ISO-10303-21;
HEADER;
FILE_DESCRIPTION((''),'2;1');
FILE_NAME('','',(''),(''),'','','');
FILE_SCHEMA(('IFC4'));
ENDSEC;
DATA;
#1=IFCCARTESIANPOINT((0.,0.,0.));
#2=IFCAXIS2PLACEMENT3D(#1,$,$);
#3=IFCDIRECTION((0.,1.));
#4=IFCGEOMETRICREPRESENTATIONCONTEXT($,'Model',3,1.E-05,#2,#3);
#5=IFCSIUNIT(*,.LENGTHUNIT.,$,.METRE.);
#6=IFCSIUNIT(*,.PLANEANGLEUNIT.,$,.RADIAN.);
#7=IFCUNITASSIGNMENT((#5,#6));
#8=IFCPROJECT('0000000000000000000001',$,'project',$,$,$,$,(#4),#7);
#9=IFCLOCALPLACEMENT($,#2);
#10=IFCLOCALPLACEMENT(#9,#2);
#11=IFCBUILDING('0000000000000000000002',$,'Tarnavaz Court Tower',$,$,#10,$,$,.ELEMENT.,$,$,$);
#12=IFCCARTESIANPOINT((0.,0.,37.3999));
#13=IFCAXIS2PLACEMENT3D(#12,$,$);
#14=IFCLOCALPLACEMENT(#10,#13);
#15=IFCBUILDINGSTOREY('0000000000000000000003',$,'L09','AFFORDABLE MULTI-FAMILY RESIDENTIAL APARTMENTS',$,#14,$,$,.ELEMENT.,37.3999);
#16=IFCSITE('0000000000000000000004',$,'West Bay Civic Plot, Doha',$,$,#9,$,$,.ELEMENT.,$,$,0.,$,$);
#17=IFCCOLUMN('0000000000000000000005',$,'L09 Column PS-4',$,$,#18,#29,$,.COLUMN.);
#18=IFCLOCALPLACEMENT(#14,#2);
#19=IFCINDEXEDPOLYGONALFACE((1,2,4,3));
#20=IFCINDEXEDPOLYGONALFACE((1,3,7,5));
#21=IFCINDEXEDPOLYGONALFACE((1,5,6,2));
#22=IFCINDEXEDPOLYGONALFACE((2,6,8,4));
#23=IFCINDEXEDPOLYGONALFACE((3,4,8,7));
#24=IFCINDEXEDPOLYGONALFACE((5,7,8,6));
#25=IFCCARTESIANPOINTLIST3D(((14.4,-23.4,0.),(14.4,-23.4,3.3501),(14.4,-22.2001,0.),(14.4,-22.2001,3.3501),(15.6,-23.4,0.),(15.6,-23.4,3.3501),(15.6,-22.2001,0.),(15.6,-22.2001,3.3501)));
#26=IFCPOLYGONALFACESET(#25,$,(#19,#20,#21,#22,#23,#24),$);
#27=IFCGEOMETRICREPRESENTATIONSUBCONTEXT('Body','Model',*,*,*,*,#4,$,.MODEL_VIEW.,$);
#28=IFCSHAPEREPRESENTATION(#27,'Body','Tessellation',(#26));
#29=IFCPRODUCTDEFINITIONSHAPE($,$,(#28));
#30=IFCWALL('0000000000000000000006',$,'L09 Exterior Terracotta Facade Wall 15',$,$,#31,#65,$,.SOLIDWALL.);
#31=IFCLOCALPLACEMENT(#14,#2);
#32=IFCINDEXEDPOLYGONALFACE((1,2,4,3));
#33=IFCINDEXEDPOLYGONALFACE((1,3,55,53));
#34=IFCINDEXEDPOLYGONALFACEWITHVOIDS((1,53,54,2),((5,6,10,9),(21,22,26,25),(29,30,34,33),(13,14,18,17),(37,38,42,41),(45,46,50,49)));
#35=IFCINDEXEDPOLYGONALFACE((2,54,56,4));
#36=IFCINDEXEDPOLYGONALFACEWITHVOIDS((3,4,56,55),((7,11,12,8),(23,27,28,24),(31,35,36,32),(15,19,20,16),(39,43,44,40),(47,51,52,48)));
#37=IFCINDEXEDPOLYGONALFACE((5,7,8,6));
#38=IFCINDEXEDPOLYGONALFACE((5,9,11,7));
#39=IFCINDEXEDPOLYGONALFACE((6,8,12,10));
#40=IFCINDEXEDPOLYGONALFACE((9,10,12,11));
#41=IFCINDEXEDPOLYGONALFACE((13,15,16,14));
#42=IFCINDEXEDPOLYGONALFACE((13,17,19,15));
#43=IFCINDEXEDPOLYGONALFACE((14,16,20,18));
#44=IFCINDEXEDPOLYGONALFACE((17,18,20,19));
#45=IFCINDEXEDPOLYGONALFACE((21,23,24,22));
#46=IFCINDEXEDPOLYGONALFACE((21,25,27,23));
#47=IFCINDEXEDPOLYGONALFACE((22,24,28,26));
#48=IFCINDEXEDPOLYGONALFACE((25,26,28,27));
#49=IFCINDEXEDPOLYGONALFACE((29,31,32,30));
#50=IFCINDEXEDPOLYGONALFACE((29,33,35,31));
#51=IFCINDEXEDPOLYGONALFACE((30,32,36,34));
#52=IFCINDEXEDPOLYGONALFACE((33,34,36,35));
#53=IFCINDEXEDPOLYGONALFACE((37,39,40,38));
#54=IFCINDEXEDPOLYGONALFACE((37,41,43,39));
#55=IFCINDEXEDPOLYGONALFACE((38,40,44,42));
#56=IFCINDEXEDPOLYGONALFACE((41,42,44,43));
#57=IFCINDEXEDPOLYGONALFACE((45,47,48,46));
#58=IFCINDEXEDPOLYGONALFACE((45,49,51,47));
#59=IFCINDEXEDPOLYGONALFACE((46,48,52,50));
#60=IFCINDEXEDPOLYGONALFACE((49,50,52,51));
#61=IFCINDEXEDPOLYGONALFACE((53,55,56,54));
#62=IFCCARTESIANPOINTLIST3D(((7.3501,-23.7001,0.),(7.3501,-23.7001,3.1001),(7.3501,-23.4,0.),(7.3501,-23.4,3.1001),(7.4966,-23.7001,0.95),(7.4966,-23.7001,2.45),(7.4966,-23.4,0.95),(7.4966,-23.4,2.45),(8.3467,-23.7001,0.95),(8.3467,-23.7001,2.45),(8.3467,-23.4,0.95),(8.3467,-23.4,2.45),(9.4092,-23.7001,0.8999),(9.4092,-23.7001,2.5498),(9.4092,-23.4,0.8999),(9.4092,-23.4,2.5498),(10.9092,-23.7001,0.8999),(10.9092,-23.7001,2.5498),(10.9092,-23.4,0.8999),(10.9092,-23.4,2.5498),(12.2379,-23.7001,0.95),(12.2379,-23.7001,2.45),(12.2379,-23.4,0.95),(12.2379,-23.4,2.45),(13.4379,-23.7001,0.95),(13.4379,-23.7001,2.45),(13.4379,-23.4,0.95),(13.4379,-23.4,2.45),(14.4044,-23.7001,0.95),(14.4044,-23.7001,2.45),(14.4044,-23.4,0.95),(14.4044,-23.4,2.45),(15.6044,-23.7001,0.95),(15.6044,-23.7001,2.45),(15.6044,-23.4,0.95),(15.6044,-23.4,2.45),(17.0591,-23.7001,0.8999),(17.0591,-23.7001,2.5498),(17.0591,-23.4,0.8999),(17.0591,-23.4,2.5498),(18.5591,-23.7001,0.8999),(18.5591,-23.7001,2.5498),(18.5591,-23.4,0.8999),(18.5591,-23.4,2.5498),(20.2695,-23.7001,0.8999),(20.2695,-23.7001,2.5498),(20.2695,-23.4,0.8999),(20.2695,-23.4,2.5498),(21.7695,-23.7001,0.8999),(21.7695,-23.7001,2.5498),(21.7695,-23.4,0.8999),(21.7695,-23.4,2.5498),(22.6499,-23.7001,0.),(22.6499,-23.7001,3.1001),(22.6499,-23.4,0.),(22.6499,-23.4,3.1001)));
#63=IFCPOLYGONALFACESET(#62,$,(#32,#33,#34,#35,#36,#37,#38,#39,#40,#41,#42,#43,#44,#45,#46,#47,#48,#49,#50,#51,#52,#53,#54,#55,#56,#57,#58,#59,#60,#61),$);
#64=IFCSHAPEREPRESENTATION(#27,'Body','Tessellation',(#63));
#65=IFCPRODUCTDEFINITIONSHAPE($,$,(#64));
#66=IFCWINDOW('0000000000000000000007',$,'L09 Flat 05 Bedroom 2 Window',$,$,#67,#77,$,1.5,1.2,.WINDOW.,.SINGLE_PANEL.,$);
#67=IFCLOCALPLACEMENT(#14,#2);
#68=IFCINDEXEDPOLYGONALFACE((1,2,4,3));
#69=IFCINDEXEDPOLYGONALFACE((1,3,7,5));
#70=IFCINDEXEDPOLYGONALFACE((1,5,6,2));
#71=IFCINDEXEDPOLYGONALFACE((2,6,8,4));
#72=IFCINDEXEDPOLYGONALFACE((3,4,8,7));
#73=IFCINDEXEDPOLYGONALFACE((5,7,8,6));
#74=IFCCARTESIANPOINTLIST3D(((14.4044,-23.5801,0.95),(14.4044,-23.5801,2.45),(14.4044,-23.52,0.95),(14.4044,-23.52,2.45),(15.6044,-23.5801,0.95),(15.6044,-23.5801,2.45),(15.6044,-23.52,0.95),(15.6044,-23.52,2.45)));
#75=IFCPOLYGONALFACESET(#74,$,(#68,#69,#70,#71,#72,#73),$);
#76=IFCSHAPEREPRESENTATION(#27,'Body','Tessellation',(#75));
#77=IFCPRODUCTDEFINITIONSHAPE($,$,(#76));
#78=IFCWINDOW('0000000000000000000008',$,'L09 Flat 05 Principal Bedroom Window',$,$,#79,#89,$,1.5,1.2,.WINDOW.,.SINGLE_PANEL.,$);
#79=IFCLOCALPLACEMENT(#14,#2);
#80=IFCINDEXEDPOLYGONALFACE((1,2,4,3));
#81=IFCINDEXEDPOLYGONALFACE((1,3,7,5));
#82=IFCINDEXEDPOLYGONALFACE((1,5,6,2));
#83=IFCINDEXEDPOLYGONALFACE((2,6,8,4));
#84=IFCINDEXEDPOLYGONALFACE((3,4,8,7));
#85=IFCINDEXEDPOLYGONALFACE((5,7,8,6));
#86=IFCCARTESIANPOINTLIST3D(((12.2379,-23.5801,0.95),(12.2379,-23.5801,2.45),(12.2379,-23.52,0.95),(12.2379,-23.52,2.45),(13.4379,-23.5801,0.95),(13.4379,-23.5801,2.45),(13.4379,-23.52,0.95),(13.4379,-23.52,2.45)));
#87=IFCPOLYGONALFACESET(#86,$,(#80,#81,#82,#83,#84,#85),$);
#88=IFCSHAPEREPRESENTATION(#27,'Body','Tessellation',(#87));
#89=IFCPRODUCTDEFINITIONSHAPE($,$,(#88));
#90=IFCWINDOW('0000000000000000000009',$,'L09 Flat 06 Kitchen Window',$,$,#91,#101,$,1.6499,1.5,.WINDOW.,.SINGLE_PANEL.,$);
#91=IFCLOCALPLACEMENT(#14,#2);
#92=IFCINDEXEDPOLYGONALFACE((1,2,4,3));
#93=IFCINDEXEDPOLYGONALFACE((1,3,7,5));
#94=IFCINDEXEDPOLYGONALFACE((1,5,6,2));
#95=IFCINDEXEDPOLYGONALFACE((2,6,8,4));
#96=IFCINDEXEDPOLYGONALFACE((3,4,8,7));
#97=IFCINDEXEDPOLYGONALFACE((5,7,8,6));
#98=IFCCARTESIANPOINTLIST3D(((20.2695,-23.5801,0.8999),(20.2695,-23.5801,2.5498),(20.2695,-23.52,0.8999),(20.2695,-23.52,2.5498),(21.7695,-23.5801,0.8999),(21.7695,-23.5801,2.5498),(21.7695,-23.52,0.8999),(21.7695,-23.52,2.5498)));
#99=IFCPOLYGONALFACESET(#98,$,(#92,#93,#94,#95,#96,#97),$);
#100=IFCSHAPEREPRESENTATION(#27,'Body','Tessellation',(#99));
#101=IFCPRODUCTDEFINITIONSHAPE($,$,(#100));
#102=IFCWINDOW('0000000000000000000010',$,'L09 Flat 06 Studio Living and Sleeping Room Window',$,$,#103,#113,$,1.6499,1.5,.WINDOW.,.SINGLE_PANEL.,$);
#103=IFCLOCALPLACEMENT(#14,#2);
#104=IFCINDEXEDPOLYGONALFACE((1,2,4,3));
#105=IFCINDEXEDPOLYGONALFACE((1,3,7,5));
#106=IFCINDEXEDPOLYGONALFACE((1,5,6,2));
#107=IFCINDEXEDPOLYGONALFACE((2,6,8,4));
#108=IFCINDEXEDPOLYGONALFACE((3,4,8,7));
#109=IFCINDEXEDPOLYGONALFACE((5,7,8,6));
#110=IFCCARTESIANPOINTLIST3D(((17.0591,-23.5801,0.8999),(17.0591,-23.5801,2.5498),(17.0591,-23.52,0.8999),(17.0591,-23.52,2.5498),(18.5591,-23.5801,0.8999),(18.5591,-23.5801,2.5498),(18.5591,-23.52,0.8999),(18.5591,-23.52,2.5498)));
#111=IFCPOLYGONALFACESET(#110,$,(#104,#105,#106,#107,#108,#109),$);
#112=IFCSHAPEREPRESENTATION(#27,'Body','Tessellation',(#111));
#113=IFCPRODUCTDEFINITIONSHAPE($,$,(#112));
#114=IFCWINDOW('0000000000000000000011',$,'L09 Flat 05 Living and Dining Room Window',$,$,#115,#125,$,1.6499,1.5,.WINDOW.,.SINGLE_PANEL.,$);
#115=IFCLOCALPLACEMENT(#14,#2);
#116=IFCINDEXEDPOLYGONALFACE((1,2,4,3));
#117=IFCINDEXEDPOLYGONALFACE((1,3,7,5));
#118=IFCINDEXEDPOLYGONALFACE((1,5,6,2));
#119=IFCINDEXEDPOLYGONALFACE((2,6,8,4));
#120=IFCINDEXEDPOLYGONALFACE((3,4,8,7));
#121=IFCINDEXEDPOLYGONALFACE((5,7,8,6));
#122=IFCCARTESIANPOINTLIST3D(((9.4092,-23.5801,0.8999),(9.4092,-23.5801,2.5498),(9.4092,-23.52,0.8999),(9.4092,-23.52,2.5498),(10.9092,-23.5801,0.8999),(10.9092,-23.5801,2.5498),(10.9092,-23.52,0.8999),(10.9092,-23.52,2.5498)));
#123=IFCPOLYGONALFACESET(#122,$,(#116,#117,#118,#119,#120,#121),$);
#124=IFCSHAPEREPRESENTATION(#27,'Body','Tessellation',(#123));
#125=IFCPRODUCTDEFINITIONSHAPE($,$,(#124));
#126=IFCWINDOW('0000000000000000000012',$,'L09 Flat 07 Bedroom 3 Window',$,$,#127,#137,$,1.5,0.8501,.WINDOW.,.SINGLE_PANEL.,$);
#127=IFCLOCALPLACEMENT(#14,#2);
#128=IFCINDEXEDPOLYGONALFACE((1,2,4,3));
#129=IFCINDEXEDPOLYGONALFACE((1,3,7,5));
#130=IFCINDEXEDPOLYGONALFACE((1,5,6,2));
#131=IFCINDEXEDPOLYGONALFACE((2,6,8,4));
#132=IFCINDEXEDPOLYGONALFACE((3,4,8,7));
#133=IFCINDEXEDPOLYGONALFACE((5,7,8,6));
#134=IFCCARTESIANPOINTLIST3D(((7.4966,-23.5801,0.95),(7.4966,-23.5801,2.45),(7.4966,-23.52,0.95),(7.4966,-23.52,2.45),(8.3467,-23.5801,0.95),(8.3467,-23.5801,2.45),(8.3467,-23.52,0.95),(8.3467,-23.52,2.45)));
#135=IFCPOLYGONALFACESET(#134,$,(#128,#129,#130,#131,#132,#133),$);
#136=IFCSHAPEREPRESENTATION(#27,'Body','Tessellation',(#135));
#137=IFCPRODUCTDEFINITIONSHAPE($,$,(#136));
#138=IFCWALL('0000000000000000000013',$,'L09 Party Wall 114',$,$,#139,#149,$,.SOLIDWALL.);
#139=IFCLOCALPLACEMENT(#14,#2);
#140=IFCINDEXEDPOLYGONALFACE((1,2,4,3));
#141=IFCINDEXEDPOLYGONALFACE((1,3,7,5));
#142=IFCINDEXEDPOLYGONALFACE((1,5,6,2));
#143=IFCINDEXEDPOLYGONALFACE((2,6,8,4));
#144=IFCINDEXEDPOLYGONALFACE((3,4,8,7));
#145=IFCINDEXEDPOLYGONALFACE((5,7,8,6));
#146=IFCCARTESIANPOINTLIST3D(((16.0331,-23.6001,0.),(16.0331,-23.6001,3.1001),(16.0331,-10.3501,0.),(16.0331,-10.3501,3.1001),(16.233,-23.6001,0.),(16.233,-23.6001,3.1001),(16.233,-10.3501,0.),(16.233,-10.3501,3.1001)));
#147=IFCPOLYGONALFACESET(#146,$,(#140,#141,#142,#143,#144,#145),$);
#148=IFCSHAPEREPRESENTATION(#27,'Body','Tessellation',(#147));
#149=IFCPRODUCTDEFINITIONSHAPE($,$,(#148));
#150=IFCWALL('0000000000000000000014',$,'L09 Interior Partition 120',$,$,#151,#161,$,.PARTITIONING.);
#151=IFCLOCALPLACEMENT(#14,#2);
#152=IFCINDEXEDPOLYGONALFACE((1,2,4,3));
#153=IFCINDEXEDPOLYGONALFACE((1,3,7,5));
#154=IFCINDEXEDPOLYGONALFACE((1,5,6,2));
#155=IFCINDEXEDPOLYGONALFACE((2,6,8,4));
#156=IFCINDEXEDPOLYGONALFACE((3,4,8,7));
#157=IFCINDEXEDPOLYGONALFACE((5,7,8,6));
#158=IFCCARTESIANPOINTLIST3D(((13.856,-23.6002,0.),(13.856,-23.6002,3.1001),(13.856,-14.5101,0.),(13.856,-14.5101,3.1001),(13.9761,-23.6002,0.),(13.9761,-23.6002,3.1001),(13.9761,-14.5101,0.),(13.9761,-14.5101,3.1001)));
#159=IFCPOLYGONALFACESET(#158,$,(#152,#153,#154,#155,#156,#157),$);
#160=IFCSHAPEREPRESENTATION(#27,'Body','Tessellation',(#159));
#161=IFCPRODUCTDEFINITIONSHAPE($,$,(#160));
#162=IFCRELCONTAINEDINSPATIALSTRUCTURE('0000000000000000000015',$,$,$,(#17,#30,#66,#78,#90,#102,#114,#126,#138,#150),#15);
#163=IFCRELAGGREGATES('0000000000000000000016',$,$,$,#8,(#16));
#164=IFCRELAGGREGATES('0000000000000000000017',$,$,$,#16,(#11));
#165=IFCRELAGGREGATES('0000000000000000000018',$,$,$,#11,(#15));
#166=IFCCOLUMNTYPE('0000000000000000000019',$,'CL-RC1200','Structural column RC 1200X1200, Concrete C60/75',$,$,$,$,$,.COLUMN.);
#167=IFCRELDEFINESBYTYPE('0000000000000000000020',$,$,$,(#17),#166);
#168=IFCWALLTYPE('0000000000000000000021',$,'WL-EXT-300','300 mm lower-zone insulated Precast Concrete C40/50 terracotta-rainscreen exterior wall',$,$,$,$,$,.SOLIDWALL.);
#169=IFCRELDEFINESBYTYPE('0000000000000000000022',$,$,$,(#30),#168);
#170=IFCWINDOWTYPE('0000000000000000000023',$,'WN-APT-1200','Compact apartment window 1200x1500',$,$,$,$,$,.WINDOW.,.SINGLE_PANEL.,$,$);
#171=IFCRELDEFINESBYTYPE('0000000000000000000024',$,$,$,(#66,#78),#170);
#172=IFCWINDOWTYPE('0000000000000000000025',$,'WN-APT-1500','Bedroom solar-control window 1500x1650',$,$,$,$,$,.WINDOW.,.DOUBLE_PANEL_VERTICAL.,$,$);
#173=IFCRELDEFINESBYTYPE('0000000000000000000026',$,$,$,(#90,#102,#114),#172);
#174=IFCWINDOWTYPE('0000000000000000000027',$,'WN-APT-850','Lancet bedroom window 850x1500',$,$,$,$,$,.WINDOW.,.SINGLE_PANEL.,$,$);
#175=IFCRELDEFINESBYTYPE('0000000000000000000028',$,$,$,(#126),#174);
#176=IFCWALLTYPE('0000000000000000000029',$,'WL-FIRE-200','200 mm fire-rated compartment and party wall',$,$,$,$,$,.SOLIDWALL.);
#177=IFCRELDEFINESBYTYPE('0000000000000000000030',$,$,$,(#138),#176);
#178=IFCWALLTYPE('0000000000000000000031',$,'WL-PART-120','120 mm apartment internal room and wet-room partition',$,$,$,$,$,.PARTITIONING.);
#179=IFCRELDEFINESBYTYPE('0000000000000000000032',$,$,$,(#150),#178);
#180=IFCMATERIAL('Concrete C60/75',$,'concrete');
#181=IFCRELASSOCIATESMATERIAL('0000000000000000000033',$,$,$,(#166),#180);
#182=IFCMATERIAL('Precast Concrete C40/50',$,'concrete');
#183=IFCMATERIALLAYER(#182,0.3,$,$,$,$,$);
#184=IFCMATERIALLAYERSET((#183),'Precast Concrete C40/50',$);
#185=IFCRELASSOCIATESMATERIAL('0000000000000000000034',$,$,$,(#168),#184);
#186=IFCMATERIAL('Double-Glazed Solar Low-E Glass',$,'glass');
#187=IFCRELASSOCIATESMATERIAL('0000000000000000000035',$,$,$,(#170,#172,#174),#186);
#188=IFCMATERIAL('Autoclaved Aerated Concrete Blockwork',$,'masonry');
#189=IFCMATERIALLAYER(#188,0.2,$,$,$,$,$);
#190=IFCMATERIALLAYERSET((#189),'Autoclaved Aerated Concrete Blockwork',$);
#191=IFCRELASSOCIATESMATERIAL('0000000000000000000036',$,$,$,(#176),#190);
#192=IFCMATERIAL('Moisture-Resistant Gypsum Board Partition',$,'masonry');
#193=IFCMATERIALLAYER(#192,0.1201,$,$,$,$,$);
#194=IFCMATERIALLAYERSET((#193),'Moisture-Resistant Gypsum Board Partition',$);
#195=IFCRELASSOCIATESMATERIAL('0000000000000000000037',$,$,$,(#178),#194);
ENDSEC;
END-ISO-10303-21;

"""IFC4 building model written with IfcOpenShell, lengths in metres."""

from ifc_helpers import new_model, si_unit, direction, frame, frame_2d, origin, origin_2d, place, context, subcontext, project, spatial, rectangle, extrude, material, layer, layer_set, material_profile, profile_set, type_object, element, fill, save


model = new_model("IFC4")

# Units and contexts
model_context = context("Model", 3, precision=1e-05, world=origin(), true_north=direction((0.0, 1.0)))
body_context = subcontext(model_context, "Body", "Model", "MODEL_VIEW")
ifc_project = project(units=[si_unit("LENGTHUNIT", "METRE"), si_unit("PLANEANGLEUNIT", "RADIAN")], contexts=[model_context])

# Site, building, storey
site_placement = place(None, origin())
site = spatial("IfcSite", under=ifc_project, at=site_placement, Name="West Bay Civic Plot, Doha", CompositionType="ELEMENT", RefElevation=0.0)
building_placement = place(site_placement, origin())
building = spatial("IfcBuilding", under=site, at=building_placement, Name="Tarnavaz Court Tower", CompositionType="ELEMENT")
storey_placement = place(building_placement, frame((0.0, 0.0, 37.3999)))
storey = spatial("IfcBuildingStorey", under=building, at=storey_placement, Name="L09", Description="AFFORDABLE MULTI-FAMILY RESIDENTIAL APARTMENTS", CompositionType="ELEMENT", Elevation=37.3999)

# Column
ifc_material_1 = material(Name="Concrete C60/75", Category="concrete")
ifc_material_profile_1 = material_profile(ifc_material_1, rectangle(XDim=1.2, YDim=1.2, at=origin_2d()), Name="RC 1200X1200")
ifc_profile_set_1 = profile_set([ifc_material_profile_1], Name="Concrete C60/75")
column_type = type_object("IfcColumnType", Name="CL-RC1200", Description="Structural column RC 1200X1200, Concrete C60/75", PredefinedType="COLUMN", material=ifc_profile_set_1)
column_placement = place(storey_placement, frame((15.0, -22.8, 0.0), z_axis=(0.0, 0.0, 1.0), x_axis=(1.0, 0.0, 0.0)))
element("IfcColumn", 1, at=column_placement, inside=storey, type_object=column_type, Name="L09 Column PS-4", PredefinedType="COLUMN", context=body_context, shape_type="SweptSolid", body=[
    extrude(rectangle(XDim=1.2, YDim=1.2, at=origin_2d()), origin(), (0.0, 0.0, 1.0), 3.3501),
])

# Wall, openings, windows
ifc_material_2 = material(Name="Precast Concrete C40/50", Category="concrete")
ifc_layer_1 = layer(ifc_material_2, 0.3)
ifc_layer_set_1 = layer_set([ifc_layer_1], Name="Precast Concrete C40/50")
wall_type_1 = type_object("IfcWallType", Name="WL-EXT-300", Description="300 mm lower-zone insulated Precast Concrete C40/50 terracotta-rainscreen exterior wall", PredefinedType="SOLIDWALL", material=ifc_layer_set_1)
wall_1_placement = place(storey_placement, frame((22.6499, -23.55, 0.0), z_axis=(0.0, 0.0, 1.0), x_axis=(-1.0, 0.0, 0.0)))
wall_1 = element("IfcWall", 2, at=wall_1_placement, inside=storey, type_object=wall_type_1, Name="L09 Exterior Terracotta Facade Wall 15", PredefinedType="SOLIDWALL", context=body_context, shape_type="SweptSolid", body=[
    extrude(rectangle(XDim=15.2998, YDim=0.3, at=frame_2d((7.6499, 0.0))), origin(), (0.0, 0.0, 1.0), 3.1001),
])
opening_1_placement = place(wall_1_placement, frame((0.8804, 0.0, 0.8999)))
opening_1 = element("IfcOpeningElement", 3, at=opening_1_placement, cuts=wall_1, PredefinedType="OPENING", context=body_context, shape_type="SweptSolid", body=[
    extrude(rectangle(XDim=1.5, YDim=1.6499, at=frame_2d((0.75, 0.825))), frame((0.0, 0.1599, 0.0), z_axis=(0.0, -1.0, 0.0), x_axis=(1.0, 0.0, 0.0)), (0.0, 0.0, 1.0), 0.3201),
])
opening_2_placement = place(wall_1_placement, frame((4.0908, 0.0, 0.8999)))
opening_2 = element("IfcOpeningElement", 4, at=opening_2_placement, cuts=wall_1, PredefinedType="OPENING", context=body_context, shape_type="SweptSolid", body=[
    extrude(rectangle(XDim=1.5, YDim=1.6499, at=frame_2d((0.75, 0.825))), frame((0.0, 0.1599, 0.0), z_axis=(0.0, -1.0, 0.0), x_axis=(1.0, 0.0, 0.0)), (0.0, 0.0, 1.0), 0.3201),
])
opening_3_placement = place(wall_1_placement, frame((7.0454, 0.0, 0.95)))
opening_3 = element("IfcOpeningElement", 5, at=opening_3_placement, cuts=wall_1, PredefinedType="OPENING", context=body_context, shape_type="SweptSolid", body=[
    extrude(rectangle(XDim=1.2, YDim=1.5, at=frame_2d((0.6001, 0.75))), frame((0.0, 0.1599, 0.0), z_axis=(0.0, -1.0, 0.0), x_axis=(1.0, 0.0, 0.0)), (0.0, 0.0, 1.0), 0.3201),
])
opening_4_placement = place(wall_1_placement, frame((9.2119, 0.0, 0.95)))
opening_4 = element("IfcOpeningElement", 6, at=opening_4_placement, cuts=wall_1, PredefinedType="OPENING", context=body_context, shape_type="SweptSolid", body=[
    extrude(rectangle(XDim=1.2, YDim=1.5, at=frame_2d((0.6001, 0.75))), frame((0.0, 0.1599, 0.0), z_axis=(0.0, -1.0, 0.0), x_axis=(1.0, 0.0, 0.0)), (0.0, 0.0, 1.0), 0.3201),
])
opening_5_placement = place(wall_1_placement, frame((11.7407, 0.0, 0.8999)))
opening_5 = element("IfcOpeningElement", 7, at=opening_5_placement, cuts=wall_1, PredefinedType="OPENING", context=body_context, shape_type="SweptSolid", body=[
    extrude(rectangle(XDim=1.5, YDim=1.6499, at=frame_2d((0.75, 0.825))), frame((0.0, 0.1599, 0.0), z_axis=(0.0, -1.0, 0.0), x_axis=(1.0, 0.0, 0.0)), (0.0, 0.0, 1.0), 0.3201),
])
opening_6_placement = place(wall_1_placement, frame((14.3032, 0.0, 0.95)))
opening_6 = element("IfcOpeningElement", 8, at=opening_6_placement, cuts=wall_1, PredefinedType="OPENING", context=body_context, shape_type="SweptSolid", body=[
    extrude(rectangle(XDim=0.8501, YDim=1.5, at=frame_2d((0.425, 0.75))), frame((0.0, 0.1599, 0.0), z_axis=(0.0, -1.0, 0.0), x_axis=(1.0, 0.0, 0.0)), (0.0, 0.0, 1.0), 0.3201),
])
ifc_material_3 = material(Name="Double-Glazed Solar Low-E Glass", Category="glass")
window_type_1 = type_object("IfcWindowType", Name="WN-APT-1200", Description="Compact apartment window 1200x1500", PartitioningType="SINGLE_PANEL", PredefinedType="WINDOW", material=ifc_material_3)
window_1_placement = place(opening_3_placement, origin())
window_1 = element("IfcWindow", 9, at=window_1_placement, inside=storey, type_object=window_type_1, Name="L09 Flat 05 Bedroom 2 Window", OverallHeight=1.5, OverallWidth=1.2, PartitioningType="SINGLE_PANEL", PredefinedType="WINDOW", context=body_context, shape_type="SweptSolid", body=[
    extrude(rectangle(XDim=1.2, YDim=1.5, at=frame_2d((0.6001, 0.75))), frame((0.0, 0.03, 0.0), z_axis=(0.0, -1.0, 0.0), x_axis=(1.0, 0.0, 0.0)), (0.0, 0.0, 1.0), 0.0601),
])
fill(opening_3, window_1)
window_2_placement = place(opening_4_placement, origin())
window_2 = element("IfcWindow", 10, at=window_2_placement, inside=storey, type_object=window_type_1, Name="L09 Flat 05 Principal Bedroom Window", OverallHeight=1.5, OverallWidth=1.2, PartitioningType="SINGLE_PANEL", PredefinedType="WINDOW", context=body_context, shape_type="SweptSolid", body=[
    extrude(rectangle(XDim=1.2, YDim=1.5, at=frame_2d((0.6001, 0.75))), frame((0.0, 0.03, 0.0), z_axis=(0.0, -1.0, 0.0), x_axis=(1.0, 0.0, 0.0)), (0.0, 0.0, 1.0), 0.0601),
])
fill(opening_4, window_2)
window_type_2 = type_object("IfcWindowType", Name="WN-APT-1500", Description="Bedroom solar-control window 1500x1650", PartitioningType="DOUBLE_PANEL_VERTICAL", PredefinedType="WINDOW", material=ifc_material_3)
window_3_placement = place(opening_1_placement, origin())
window_3 = element("IfcWindow", 11, at=window_3_placement, inside=storey, type_object=window_type_2, Name="L09 Flat 06 Kitchen Window", OverallHeight=1.6499, OverallWidth=1.5, PartitioningType="SINGLE_PANEL", PredefinedType="WINDOW", context=body_context, shape_type="SweptSolid", body=[
    extrude(rectangle(XDim=1.5, YDim=1.6499, at=frame_2d((0.75, 0.825))), frame((0.0, 0.03, 0.0), z_axis=(0.0, -1.0, 0.0), x_axis=(1.0, 0.0, 0.0)), (0.0, 0.0, 1.0), 0.0601),
])
fill(opening_1, window_3)
window_4_placement = place(opening_2_placement, origin())
window_4 = element("IfcWindow", 12, at=window_4_placement, inside=storey, type_object=window_type_2, Name="L09 Flat 06 Studio Living and Sleeping Room Window", OverallHeight=1.6499, OverallWidth=1.5, PartitioningType="SINGLE_PANEL", PredefinedType="WINDOW", context=body_context, shape_type="SweptSolid", body=[
    extrude(rectangle(XDim=1.5, YDim=1.6499, at=frame_2d((0.75, 0.825))), frame((0.0, 0.03, 0.0), z_axis=(0.0, -1.0, 0.0), x_axis=(1.0, 0.0, 0.0)), (0.0, 0.0, 1.0), 0.0601),
])
fill(opening_2, window_4)
window_5_placement = place(opening_5_placement, origin())
window_5 = element("IfcWindow", 13, at=window_5_placement, inside=storey, type_object=window_type_2, Name="L09 Flat 05 Living and Dining Room Window", OverallHeight=1.6499, OverallWidth=1.5, PartitioningType="SINGLE_PANEL", PredefinedType="WINDOW", context=body_context, shape_type="SweptSolid", body=[
    extrude(rectangle(XDim=1.5, YDim=1.6499, at=frame_2d((0.75, 0.825))), frame((0.0, 0.03, 0.0), z_axis=(0.0, -1.0, 0.0), x_axis=(1.0, 0.0, 0.0)), (0.0, 0.0, 1.0), 0.0601),
])
fill(opening_5, window_5)
window_type_3 = type_object("IfcWindowType", Name="WN-APT-850", Description="Lancet bedroom window 850x1500", PartitioningType="SINGLE_PANEL", PredefinedType="WINDOW", material=ifc_material_3)
window_6_placement = place(opening_6_placement, origin())
window_6 = element("IfcWindow", 14, at=window_6_placement, inside=storey, type_object=window_type_3, Name="L09 Flat 07 Bedroom 3 Window", OverallHeight=1.5, OverallWidth=0.8501, PartitioningType="SINGLE_PANEL", PredefinedType="WINDOW", context=body_context, shape_type="SweptSolid", body=[
    extrude(rectangle(XDim=0.8501, YDim=1.5, at=frame_2d((0.425, 0.75))), frame((0.0, 0.03, 0.0), z_axis=(0.0, -1.0, 0.0), x_axis=(1.0, 0.0, 0.0)), (0.0, 0.0, 1.0), 0.0601),
])
fill(opening_6, window_6)

# Walls
ifc_material_4 = material(Name="Autoclaved Aerated Concrete Blockwork", Category="masonry")
ifc_layer_2 = layer(ifc_material_4, 0.2)
ifc_layer_set_2 = layer_set([ifc_layer_2], Name="Autoclaved Aerated Concrete Blockwork")
wall_type_2 = type_object("IfcWallType", Name="WL-FIRE-200", Description="200 mm fire-rated compartment and party wall", PredefinedType="SOLIDWALL", material=ifc_layer_set_2)
wall_2_placement = place(storey_placement, frame((16.1331, -23.6001, 0.0), z_axis=(0.0, 0.0, 1.0), x_axis=(0.0, 1.0, 0.0)))
element("IfcWall", 15, at=wall_2_placement, inside=storey, type_object=wall_type_2, Name="L09 Party Wall 114", PredefinedType="SOLIDWALL", context=body_context, shape_type="SweptSolid", body=[
    extrude(rectangle(XDim=13.25, YDim=0.2, at=frame_2d((6.625, 0.0))), origin(), (0.0, 0.0, 1.0), 3.1001),
])
ifc_material_5 = material(Name="Moisture-Resistant Gypsum Board Partition", Category="masonry")
ifc_layer_3 = layer(ifc_material_5, 0.1201)
ifc_layer_set_3 = layer_set([ifc_layer_3], Name="Moisture-Resistant Gypsum Board Partition")
wall_type_3 = type_object("IfcWallType", Name="WL-PART-120", Description="120 mm apartment internal room and wet-room partition", PredefinedType="PARTITIONING", material=ifc_layer_set_3)
wall_3_placement = place(storey_placement, frame((13.916, -23.6001, 0.0), z_axis=(0.0, 0.0, 1.0), x_axis=(0.0, 1.0, 0.0)))
element("IfcWall", 16, at=wall_3_placement, inside=storey, type_object=wall_type_3, Name="L09 Interior Partition 120", PredefinedType="PARTITIONING", context=body_context, shape_type="SweptSolid", body=[
    extrude(rectangle(XDim=9.0901, YDim=0.1201, at=frame_2d((4.5449, 0.0))), origin(), (0.0, 0.0, 1.0), 3.1001),
])

save(model, "model.ifc")
